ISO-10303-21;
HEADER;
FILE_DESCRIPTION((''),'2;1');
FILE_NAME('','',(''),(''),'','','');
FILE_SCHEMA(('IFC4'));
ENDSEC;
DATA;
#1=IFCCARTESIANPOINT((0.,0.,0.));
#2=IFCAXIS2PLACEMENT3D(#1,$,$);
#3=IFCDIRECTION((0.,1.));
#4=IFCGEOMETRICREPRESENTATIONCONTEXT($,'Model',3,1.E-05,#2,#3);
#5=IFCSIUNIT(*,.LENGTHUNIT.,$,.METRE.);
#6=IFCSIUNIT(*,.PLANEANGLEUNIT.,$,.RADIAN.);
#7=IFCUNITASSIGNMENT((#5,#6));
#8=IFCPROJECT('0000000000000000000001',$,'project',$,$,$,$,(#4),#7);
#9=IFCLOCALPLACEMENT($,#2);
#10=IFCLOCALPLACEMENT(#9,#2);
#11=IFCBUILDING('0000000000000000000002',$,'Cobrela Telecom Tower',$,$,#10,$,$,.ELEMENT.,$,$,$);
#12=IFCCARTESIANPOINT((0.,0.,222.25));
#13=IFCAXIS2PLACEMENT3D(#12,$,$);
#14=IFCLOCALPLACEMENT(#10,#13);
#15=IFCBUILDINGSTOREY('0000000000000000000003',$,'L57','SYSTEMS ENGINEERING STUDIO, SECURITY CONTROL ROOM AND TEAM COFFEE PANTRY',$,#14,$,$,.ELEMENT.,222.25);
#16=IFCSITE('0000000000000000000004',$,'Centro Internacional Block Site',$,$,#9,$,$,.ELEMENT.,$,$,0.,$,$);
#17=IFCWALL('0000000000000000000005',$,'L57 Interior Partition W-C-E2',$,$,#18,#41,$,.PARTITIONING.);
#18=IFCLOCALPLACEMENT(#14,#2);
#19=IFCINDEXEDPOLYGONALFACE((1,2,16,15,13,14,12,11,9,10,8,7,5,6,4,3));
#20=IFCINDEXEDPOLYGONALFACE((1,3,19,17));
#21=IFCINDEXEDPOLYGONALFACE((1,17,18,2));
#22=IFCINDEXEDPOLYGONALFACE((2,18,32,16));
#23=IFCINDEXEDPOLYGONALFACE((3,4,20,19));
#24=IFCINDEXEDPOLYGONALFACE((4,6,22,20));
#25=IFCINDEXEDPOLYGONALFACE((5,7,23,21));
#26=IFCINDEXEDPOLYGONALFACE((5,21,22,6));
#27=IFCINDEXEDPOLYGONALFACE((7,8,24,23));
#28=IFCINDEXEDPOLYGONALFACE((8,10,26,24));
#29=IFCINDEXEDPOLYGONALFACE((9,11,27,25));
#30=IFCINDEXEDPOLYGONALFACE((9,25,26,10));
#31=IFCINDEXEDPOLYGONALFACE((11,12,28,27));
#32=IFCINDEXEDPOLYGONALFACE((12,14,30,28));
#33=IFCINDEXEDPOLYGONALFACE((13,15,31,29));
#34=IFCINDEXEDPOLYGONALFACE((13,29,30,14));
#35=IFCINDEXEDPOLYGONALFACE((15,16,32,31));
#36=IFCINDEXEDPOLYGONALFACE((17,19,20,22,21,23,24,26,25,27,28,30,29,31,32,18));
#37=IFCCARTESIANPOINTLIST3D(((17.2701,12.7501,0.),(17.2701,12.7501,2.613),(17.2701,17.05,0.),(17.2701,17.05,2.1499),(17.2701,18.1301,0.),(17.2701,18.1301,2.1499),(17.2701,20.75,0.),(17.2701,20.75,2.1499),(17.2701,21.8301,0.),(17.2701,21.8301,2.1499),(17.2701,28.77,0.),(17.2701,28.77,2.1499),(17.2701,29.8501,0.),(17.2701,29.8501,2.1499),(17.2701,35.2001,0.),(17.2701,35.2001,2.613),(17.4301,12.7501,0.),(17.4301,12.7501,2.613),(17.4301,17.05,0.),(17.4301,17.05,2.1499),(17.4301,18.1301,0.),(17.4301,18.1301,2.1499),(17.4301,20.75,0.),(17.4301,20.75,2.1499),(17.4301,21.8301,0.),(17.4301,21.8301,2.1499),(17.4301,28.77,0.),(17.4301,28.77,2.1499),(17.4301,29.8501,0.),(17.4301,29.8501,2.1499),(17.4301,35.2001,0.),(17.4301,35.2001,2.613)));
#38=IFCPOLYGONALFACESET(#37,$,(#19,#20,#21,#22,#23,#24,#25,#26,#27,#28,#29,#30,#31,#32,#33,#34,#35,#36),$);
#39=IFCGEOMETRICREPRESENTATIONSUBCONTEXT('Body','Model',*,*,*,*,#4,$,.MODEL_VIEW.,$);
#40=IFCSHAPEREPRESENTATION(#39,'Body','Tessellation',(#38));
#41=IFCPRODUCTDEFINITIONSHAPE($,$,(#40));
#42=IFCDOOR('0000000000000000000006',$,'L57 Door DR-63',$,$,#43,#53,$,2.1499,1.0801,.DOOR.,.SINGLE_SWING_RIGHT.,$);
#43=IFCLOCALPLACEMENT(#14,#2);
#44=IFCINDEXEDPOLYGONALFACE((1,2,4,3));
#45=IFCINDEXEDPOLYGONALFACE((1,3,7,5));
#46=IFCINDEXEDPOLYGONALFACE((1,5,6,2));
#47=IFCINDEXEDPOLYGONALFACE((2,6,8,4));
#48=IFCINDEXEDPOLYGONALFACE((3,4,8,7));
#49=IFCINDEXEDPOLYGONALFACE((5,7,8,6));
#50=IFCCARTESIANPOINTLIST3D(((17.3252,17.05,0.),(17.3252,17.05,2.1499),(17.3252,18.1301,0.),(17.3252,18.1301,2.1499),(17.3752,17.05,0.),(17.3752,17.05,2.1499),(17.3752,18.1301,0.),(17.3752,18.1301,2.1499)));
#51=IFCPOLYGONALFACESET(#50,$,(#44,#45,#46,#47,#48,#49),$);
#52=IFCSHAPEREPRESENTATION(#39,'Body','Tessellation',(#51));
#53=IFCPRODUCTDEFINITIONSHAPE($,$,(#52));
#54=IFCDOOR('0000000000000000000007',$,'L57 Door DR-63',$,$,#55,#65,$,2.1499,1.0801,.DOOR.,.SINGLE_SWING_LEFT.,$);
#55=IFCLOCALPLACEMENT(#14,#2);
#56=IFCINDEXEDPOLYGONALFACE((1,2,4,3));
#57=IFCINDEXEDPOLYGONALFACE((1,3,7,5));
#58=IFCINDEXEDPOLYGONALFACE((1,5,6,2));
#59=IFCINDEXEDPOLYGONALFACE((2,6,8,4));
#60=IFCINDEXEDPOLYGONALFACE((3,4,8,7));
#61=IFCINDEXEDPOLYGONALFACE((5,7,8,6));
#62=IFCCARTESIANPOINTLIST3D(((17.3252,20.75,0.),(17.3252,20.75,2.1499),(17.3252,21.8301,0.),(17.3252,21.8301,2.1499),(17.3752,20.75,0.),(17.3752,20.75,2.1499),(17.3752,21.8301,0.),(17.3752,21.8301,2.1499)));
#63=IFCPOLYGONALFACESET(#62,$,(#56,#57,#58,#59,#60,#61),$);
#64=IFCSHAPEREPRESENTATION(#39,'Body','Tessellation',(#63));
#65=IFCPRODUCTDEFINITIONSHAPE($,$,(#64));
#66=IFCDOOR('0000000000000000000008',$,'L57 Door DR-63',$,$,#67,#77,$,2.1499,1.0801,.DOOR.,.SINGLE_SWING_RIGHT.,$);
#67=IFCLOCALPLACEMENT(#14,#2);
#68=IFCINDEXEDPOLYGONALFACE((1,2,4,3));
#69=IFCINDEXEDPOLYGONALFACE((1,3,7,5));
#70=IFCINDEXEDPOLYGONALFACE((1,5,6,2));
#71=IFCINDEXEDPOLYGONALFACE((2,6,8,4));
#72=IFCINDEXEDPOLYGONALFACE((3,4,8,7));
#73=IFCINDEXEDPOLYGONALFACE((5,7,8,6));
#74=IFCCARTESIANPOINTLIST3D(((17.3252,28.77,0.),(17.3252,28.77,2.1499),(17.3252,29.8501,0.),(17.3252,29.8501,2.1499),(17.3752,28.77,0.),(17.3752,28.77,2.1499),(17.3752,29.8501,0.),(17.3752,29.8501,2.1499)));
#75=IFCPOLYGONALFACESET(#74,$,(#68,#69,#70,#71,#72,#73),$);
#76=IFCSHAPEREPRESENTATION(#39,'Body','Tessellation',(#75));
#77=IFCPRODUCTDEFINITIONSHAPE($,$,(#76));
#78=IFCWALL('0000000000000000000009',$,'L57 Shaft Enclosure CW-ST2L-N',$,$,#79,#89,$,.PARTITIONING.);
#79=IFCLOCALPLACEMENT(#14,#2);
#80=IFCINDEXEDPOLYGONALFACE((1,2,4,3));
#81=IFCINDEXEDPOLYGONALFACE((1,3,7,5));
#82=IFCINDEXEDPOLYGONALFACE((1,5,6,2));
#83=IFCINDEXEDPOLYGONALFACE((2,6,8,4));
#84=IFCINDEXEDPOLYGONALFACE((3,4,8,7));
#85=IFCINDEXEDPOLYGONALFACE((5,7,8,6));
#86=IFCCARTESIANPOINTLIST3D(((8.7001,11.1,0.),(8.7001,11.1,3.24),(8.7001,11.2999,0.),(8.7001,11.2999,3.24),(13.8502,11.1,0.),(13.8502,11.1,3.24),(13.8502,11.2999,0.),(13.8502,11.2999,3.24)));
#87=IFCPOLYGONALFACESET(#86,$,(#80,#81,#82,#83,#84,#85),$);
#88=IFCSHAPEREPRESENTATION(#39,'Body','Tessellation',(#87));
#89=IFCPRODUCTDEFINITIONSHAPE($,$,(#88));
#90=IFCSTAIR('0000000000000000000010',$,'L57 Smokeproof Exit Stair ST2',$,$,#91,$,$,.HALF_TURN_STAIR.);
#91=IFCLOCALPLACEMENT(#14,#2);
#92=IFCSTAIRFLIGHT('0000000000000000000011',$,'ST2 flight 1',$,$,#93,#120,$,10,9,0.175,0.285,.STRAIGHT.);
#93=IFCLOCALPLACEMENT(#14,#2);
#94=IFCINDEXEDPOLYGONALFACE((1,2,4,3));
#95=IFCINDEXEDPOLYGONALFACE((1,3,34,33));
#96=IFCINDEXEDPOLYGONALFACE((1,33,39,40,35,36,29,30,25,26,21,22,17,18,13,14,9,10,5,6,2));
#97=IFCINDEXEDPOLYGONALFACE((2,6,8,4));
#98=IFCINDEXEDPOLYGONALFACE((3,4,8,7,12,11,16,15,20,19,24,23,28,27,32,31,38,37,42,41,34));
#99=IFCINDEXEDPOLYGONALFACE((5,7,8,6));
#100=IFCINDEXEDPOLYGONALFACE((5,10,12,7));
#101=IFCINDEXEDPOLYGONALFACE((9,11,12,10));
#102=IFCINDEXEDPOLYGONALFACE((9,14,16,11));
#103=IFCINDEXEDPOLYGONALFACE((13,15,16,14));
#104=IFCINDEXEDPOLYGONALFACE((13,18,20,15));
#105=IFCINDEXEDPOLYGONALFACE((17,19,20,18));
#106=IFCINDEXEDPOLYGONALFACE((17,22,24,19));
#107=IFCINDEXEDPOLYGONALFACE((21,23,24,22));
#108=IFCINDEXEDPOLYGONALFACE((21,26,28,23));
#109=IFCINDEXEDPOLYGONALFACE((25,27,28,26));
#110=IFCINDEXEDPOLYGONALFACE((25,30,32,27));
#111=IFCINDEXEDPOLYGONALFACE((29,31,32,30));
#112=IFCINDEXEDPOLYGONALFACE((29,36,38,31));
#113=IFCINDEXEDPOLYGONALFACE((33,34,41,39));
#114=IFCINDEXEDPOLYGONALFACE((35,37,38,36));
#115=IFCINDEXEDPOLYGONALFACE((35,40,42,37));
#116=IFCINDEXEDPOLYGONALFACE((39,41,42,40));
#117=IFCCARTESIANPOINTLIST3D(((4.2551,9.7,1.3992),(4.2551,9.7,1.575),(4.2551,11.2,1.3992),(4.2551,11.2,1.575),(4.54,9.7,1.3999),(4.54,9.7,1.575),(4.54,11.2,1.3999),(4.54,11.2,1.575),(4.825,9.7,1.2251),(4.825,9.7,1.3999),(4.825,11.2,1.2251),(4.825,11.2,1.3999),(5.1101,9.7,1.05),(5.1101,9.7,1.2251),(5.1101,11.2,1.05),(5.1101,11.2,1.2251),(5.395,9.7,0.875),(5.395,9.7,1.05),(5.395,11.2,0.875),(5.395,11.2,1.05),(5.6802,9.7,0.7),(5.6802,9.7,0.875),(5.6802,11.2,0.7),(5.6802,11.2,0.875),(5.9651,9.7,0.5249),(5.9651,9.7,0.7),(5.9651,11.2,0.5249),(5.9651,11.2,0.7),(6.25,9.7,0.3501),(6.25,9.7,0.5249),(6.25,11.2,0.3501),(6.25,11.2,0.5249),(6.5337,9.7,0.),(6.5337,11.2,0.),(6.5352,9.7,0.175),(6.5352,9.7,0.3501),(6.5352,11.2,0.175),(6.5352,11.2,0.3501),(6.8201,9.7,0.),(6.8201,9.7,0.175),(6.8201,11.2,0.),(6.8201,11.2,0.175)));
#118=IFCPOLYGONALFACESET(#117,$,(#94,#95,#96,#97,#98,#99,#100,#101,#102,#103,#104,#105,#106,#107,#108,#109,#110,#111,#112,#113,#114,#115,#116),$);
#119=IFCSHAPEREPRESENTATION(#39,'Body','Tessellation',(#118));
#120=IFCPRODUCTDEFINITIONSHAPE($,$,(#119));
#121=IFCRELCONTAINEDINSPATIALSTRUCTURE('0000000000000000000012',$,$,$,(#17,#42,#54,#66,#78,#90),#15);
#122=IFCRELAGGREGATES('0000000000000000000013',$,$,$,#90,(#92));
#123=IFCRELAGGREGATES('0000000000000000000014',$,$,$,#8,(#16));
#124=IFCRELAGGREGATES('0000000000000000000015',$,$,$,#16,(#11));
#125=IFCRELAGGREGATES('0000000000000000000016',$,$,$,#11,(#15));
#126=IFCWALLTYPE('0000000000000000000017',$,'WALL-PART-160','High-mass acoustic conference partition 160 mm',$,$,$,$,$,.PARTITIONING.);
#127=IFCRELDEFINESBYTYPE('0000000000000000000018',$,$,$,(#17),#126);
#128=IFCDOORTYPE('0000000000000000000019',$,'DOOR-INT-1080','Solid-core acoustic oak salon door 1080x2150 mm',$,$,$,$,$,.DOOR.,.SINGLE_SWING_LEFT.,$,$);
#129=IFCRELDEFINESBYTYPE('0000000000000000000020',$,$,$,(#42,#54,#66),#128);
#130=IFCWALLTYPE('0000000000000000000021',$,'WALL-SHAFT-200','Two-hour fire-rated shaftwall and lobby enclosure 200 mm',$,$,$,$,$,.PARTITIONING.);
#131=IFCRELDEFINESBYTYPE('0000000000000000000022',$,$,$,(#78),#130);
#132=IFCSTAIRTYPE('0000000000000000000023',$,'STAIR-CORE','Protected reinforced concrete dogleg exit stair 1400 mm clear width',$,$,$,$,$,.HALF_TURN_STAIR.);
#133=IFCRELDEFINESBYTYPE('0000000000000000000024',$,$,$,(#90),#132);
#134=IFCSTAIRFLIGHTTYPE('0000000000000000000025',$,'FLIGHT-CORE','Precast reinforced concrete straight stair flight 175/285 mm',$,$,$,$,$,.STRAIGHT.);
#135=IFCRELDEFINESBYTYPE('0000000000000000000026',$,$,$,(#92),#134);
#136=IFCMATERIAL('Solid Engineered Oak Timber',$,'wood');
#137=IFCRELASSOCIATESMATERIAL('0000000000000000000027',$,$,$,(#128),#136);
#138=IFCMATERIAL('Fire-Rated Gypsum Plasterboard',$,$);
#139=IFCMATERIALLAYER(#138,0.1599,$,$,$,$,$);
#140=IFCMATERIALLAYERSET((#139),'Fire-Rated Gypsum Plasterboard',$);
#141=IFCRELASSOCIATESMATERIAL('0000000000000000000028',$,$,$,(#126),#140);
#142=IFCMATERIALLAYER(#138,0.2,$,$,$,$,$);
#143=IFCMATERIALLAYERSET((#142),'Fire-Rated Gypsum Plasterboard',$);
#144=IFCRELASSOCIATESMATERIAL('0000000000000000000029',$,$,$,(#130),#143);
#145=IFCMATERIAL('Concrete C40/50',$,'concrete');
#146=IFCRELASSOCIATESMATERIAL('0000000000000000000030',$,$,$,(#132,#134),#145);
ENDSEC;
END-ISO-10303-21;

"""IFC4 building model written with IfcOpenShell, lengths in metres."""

from ifc_helpers import new_model, si_unit, direction, frame, frame_2d, origin, place, context, subcontext, project, spatial, polyline, rectangle, outline, extrude, material, layer, layer_set, type_object, element, fill, aggregate, save


model = new_model("IFC4")

# Units and contexts
model_context = context("Model", 3, precision=1e-05, world=origin(), true_north=direction((0.0, 1.0)))
body_context = subcontext(model_context, "Body", "Model", "MODEL_VIEW")
ifc_project = project(units=[si_unit("LENGTHUNIT", "METRE"), si_unit("PLANEANGLEUNIT", "RADIAN")], contexts=[model_context])

# Site, building, storey
site_placement = place(None, origin())
site = spatial("IfcSite", under=ifc_project, at=site_placement, Name="Centro Internacional Block Site", CompositionType="ELEMENT", RefElevation=0.0)
building_placement = place(site_placement, origin())
building = spatial("IfcBuilding", under=site, at=building_placement, Name="Cobrela Telecom Tower", CompositionType="ELEMENT")
storey_placement = place(building_placement, frame((0.0, 0.0, 222.25)))
storey = spatial("IfcBuildingStorey", under=building, at=storey_placement, Name="L57", Description="SYSTEMS ENGINEERING STUDIO, SECURITY CONTROL ROOM AND TEAM COFFEE PANTRY", CompositionType="ELEMENT", Elevation=222.25)

# Shared definitions
ifc_material_1 = material(Name="Fire-Rated Gypsum Plasterboard")

# Shared definitions
ifc_material_2 = material(Name="Solid Engineered Oak Timber", Category="wood")
door_type_1 = type_object("IfcDoorType", Name="DOOR-INT-1080", Description="Solid-core acoustic oak salon door 1080x2150 mm", OperationType="SINGLE_SWING_LEFT", PredefinedType="DOOR", material=ifc_material_2)

# Wall, openings, doors
ifc_layer_1 = layer(ifc_material_1, 0.1599)
ifc_layer_set_1 = layer_set([ifc_layer_1], Name="Fire-Rated Gypsum Plasterboard")
wall_type_1 = type_object("IfcWallType", Name="WALL-PART-160", Description="High-mass acoustic conference partition 160 mm", PredefinedType="PARTITIONING", material=ifc_layer_set_1)
wall_1_placement = place(storey_placement, frame((17.3501, 12.75, 0.0), z_axis=(0.0, 0.0, 1.0), x_axis=(0.0, 1.0, 0.0)))
wall_1 = element("IfcWall", 1, at=wall_1_placement, inside=storey, type_object=wall_type_1, Name="L57 Interior Partition W-C-E2", PredefinedType="PARTITIONING", context=body_context, shape_type="SweptSolid", body=[
    extrude(rectangle(XDim=22.45, YDim=0.1599, at=frame_2d((11.2251, 0.0))), origin(), (0.0, 0.0, 1.0), 2.613),
])
opening_1_placement = place(wall_1_placement, frame((4.3, 0.0, 0.0)))
opening_1 = element("IfcOpeningElement", 2, at=opening_1_placement, cuts=wall_1, PredefinedType="OPENING", context=body_context, shape_type="SweptSolid", body=[
    extrude(rectangle(XDim=1.0801, YDim=2.1499, at=frame_2d((0.54, 1.075))), frame((0.0, 0.0918, 0.0), z_axis=(0.0, -1.0, 0.0), x_axis=(1.0, 0.0, 0.0)), (0.0, 0.0, 1.0), 0.1838),
])
opening_2_placement = place(wall_1_placement, frame((8.0, 0.0, 0.0)))
opening_2 = element("IfcOpeningElement", 3, at=opening_2_placement, cuts=wall_1, PredefinedType="OPENING", context=body_context, shape_type="SweptSolid", body=[
    extrude(rectangle(XDim=1.0801, YDim=2.1499, at=frame_2d((0.54, 1.075))), frame((0.0, 0.0918, 0.0), z_axis=(0.0, -1.0, 0.0), x_axis=(1.0, 0.0, 0.0)), (0.0, 0.0, 1.0), 0.1838),
])
opening_3_placement = place(wall_1_placement, frame((16.02, 0.0, 0.0)))
opening_3 = element("IfcOpeningElement", 4, at=opening_3_placement, cuts=wall_1, PredefinedType="OPENING", context=body_context, shape_type="SweptSolid", body=[
    extrude(rectangle(XDim=1.0801, YDim=2.1499, at=frame_2d((0.54, 1.075))), frame((0.0, 0.0918, 0.0), z_axis=(0.0, -1.0, 0.0), x_axis=(1.0, 0.0, 0.0)), (0.0, 0.0, 1.0), 0.1838),
])
door_1_placement = place(opening_1_placement, origin())
door_1 = element("IfcDoor", 5, at=door_1_placement, inside=storey, type_object=door_type_1, Name="L57 Door DR-63", OperationType="SINGLE_SWING_RIGHT", OverallHeight=2.1499, OverallWidth=1.0801, PredefinedType="DOOR", context=body_context, shape_type="SweptSolid", body=[
    extrude(rectangle(XDim=1.0801, YDim=2.1499, at=frame_2d((0.54, 1.075))), frame((0.0, 0.0249, 0.0), z_axis=(0.0, -1.0, 0.0), x_axis=(1.0, 0.0, 0.0)), (0.0, 0.0, 1.0), 0.05),
])
fill(opening_1, door_1)
door_2_placement = place(opening_2_placement, origin())
door_2 = element("IfcDoor", 6, at=door_2_placement, inside=storey, type_object=door_type_1, Name="L57 Door DR-63", OperationType="SINGLE_SWING_LEFT", OverallHeight=2.1499, OverallWidth=1.0801, PredefinedType="DOOR", context=body_context, shape_type="SweptSolid", body=[
    extrude(rectangle(XDim=1.0801, YDim=2.1499, at=frame_2d((0.54, 1.075))), frame((0.0, 0.0249, 0.0), z_axis=(0.0, -1.0, 0.0), x_axis=(1.0, 0.0, 0.0)), (0.0, 0.0, 1.0), 0.05),
])
fill(opening_2, door_2)
door_3_placement = place(opening_3_placement, origin())
door_3 = element("IfcDoor", 7, at=door_3_placement, inside=storey, type_object=door_type_1, Name="L57 Door DR-63", OperationType="SINGLE_SWING_RIGHT", OverallHeight=2.1499, OverallWidth=1.0801, PredefinedType="DOOR", context=body_context, shape_type="SweptSolid", body=[
    extrude(rectangle(XDim=1.0801, YDim=2.1499, at=frame_2d((0.54, 1.075))), frame((0.0, 0.0249, 0.0), z_axis=(0.0, -1.0, 0.0), x_axis=(1.0, 0.0, 0.0)), (0.0, 0.0, 1.0), 0.05),
])
fill(opening_3, door_3)

# Wall
ifc_layer_2 = layer(ifc_material_1, 0.2)
ifc_layer_set_2 = layer_set([ifc_layer_2], Name="Fire-Rated Gypsum Plasterboard")
wall_type_2 = type_object("IfcWallType", Name="WALL-SHAFT-200", Description="Two-hour fire-rated shaftwall and lobby enclosure 200 mm", PredefinedType="PARTITIONING", material=ifc_layer_set_2)
wall_2_placement = place(storey_placement, frame((8.7, 11.2, 0.0), z_axis=(0.0, 0.0, 1.0), x_axis=(1.0, 0.0, 0.0)))
element("IfcWall", 8, at=wall_2_placement, inside=storey, type_object=wall_type_2, Name="L57 Shaft Enclosure CW-ST2L-N", PredefinedType="PARTITIONING", context=body_context, shape_type="SweptSolid", body=[
    extrude(rectangle(XDim=5.1501, YDim=0.2, at=frame_2d((2.5752, 0.0))), origin(), (0.0, 0.0, 1.0), 3.24),
])

# Stair, stair flight
ifc_material_3 = material(Name="Concrete C40/50", Category="concrete")
stair_type = type_object("IfcStairType", Name="STAIR-CORE", Description="Protected reinforced concrete dogleg exit stair 1400 mm clear width", PredefinedType="HALF_TURN_STAIR", material=ifc_material_3)
stair_placement = place(storey_placement, origin())
stair = element("IfcStair", 9, at=stair_placement, inside=storey, type_object=stair_type, Name="L57 Smokeproof Exit Stair ST2", PredefinedType="HALF_TURN_STAIR")
stair_flight_type = type_object("IfcStairFlightType", Name="FLIGHT-CORE", Description="Precast reinforced concrete straight stair flight 175/285 mm", PredefinedType="STRAIGHT", material=ifc_material_3)
stair_flight_placement = place(storey_placement, frame((6.8201, 10.45, 0.0), z_axis=(0.0, 0.0, 1.0), x_axis=(-1.0, 0.0, 0.0)))
stair_flight = element("IfcStairFlight", 10, at=stair_flight_placement, type_object=stair_flight_type, Name="ST2 flight 1", NumberOfRisers=10, NumberOfTreads=9, PredefinedType="STRAIGHT", RiserHeight=0.175, TreadLength=0.285, context=body_context, shape_type="SweptSolid", body=[
    extrude(outline(polyline([(0.0, 0.0), (0.0, 0.175), (0.2849, 0.175), (0.2849, 0.3501), (0.5701, 0.3501), (0.5701, 0.5249), (0.855, 0.5249), (0.855, 0.7), (1.1399, 0.7), (1.1399, 0.875), (1.425, 0.875), (1.425, 1.05), (1.71, 1.05), (1.71, 1.2251), (1.9951, 1.2251), (1.9951, 1.3999), (2.28, 1.3999), (2.28, 1.575), (2.5649, 1.575), (2.5649, 1.75), (2.5649, 1.3992), (0.2864, 0.0), (0.0, 0.0)])), frame((0.0, 0.75, 0.0), z_axis=(0.0, -1.0, 0.0), x_axis=(1.0, 0.0, 0.0)), (0.0, 0.0, 1.0), 1.5),
])
aggregate(stair, [stair_flight])

save(model, "model.ifc")
